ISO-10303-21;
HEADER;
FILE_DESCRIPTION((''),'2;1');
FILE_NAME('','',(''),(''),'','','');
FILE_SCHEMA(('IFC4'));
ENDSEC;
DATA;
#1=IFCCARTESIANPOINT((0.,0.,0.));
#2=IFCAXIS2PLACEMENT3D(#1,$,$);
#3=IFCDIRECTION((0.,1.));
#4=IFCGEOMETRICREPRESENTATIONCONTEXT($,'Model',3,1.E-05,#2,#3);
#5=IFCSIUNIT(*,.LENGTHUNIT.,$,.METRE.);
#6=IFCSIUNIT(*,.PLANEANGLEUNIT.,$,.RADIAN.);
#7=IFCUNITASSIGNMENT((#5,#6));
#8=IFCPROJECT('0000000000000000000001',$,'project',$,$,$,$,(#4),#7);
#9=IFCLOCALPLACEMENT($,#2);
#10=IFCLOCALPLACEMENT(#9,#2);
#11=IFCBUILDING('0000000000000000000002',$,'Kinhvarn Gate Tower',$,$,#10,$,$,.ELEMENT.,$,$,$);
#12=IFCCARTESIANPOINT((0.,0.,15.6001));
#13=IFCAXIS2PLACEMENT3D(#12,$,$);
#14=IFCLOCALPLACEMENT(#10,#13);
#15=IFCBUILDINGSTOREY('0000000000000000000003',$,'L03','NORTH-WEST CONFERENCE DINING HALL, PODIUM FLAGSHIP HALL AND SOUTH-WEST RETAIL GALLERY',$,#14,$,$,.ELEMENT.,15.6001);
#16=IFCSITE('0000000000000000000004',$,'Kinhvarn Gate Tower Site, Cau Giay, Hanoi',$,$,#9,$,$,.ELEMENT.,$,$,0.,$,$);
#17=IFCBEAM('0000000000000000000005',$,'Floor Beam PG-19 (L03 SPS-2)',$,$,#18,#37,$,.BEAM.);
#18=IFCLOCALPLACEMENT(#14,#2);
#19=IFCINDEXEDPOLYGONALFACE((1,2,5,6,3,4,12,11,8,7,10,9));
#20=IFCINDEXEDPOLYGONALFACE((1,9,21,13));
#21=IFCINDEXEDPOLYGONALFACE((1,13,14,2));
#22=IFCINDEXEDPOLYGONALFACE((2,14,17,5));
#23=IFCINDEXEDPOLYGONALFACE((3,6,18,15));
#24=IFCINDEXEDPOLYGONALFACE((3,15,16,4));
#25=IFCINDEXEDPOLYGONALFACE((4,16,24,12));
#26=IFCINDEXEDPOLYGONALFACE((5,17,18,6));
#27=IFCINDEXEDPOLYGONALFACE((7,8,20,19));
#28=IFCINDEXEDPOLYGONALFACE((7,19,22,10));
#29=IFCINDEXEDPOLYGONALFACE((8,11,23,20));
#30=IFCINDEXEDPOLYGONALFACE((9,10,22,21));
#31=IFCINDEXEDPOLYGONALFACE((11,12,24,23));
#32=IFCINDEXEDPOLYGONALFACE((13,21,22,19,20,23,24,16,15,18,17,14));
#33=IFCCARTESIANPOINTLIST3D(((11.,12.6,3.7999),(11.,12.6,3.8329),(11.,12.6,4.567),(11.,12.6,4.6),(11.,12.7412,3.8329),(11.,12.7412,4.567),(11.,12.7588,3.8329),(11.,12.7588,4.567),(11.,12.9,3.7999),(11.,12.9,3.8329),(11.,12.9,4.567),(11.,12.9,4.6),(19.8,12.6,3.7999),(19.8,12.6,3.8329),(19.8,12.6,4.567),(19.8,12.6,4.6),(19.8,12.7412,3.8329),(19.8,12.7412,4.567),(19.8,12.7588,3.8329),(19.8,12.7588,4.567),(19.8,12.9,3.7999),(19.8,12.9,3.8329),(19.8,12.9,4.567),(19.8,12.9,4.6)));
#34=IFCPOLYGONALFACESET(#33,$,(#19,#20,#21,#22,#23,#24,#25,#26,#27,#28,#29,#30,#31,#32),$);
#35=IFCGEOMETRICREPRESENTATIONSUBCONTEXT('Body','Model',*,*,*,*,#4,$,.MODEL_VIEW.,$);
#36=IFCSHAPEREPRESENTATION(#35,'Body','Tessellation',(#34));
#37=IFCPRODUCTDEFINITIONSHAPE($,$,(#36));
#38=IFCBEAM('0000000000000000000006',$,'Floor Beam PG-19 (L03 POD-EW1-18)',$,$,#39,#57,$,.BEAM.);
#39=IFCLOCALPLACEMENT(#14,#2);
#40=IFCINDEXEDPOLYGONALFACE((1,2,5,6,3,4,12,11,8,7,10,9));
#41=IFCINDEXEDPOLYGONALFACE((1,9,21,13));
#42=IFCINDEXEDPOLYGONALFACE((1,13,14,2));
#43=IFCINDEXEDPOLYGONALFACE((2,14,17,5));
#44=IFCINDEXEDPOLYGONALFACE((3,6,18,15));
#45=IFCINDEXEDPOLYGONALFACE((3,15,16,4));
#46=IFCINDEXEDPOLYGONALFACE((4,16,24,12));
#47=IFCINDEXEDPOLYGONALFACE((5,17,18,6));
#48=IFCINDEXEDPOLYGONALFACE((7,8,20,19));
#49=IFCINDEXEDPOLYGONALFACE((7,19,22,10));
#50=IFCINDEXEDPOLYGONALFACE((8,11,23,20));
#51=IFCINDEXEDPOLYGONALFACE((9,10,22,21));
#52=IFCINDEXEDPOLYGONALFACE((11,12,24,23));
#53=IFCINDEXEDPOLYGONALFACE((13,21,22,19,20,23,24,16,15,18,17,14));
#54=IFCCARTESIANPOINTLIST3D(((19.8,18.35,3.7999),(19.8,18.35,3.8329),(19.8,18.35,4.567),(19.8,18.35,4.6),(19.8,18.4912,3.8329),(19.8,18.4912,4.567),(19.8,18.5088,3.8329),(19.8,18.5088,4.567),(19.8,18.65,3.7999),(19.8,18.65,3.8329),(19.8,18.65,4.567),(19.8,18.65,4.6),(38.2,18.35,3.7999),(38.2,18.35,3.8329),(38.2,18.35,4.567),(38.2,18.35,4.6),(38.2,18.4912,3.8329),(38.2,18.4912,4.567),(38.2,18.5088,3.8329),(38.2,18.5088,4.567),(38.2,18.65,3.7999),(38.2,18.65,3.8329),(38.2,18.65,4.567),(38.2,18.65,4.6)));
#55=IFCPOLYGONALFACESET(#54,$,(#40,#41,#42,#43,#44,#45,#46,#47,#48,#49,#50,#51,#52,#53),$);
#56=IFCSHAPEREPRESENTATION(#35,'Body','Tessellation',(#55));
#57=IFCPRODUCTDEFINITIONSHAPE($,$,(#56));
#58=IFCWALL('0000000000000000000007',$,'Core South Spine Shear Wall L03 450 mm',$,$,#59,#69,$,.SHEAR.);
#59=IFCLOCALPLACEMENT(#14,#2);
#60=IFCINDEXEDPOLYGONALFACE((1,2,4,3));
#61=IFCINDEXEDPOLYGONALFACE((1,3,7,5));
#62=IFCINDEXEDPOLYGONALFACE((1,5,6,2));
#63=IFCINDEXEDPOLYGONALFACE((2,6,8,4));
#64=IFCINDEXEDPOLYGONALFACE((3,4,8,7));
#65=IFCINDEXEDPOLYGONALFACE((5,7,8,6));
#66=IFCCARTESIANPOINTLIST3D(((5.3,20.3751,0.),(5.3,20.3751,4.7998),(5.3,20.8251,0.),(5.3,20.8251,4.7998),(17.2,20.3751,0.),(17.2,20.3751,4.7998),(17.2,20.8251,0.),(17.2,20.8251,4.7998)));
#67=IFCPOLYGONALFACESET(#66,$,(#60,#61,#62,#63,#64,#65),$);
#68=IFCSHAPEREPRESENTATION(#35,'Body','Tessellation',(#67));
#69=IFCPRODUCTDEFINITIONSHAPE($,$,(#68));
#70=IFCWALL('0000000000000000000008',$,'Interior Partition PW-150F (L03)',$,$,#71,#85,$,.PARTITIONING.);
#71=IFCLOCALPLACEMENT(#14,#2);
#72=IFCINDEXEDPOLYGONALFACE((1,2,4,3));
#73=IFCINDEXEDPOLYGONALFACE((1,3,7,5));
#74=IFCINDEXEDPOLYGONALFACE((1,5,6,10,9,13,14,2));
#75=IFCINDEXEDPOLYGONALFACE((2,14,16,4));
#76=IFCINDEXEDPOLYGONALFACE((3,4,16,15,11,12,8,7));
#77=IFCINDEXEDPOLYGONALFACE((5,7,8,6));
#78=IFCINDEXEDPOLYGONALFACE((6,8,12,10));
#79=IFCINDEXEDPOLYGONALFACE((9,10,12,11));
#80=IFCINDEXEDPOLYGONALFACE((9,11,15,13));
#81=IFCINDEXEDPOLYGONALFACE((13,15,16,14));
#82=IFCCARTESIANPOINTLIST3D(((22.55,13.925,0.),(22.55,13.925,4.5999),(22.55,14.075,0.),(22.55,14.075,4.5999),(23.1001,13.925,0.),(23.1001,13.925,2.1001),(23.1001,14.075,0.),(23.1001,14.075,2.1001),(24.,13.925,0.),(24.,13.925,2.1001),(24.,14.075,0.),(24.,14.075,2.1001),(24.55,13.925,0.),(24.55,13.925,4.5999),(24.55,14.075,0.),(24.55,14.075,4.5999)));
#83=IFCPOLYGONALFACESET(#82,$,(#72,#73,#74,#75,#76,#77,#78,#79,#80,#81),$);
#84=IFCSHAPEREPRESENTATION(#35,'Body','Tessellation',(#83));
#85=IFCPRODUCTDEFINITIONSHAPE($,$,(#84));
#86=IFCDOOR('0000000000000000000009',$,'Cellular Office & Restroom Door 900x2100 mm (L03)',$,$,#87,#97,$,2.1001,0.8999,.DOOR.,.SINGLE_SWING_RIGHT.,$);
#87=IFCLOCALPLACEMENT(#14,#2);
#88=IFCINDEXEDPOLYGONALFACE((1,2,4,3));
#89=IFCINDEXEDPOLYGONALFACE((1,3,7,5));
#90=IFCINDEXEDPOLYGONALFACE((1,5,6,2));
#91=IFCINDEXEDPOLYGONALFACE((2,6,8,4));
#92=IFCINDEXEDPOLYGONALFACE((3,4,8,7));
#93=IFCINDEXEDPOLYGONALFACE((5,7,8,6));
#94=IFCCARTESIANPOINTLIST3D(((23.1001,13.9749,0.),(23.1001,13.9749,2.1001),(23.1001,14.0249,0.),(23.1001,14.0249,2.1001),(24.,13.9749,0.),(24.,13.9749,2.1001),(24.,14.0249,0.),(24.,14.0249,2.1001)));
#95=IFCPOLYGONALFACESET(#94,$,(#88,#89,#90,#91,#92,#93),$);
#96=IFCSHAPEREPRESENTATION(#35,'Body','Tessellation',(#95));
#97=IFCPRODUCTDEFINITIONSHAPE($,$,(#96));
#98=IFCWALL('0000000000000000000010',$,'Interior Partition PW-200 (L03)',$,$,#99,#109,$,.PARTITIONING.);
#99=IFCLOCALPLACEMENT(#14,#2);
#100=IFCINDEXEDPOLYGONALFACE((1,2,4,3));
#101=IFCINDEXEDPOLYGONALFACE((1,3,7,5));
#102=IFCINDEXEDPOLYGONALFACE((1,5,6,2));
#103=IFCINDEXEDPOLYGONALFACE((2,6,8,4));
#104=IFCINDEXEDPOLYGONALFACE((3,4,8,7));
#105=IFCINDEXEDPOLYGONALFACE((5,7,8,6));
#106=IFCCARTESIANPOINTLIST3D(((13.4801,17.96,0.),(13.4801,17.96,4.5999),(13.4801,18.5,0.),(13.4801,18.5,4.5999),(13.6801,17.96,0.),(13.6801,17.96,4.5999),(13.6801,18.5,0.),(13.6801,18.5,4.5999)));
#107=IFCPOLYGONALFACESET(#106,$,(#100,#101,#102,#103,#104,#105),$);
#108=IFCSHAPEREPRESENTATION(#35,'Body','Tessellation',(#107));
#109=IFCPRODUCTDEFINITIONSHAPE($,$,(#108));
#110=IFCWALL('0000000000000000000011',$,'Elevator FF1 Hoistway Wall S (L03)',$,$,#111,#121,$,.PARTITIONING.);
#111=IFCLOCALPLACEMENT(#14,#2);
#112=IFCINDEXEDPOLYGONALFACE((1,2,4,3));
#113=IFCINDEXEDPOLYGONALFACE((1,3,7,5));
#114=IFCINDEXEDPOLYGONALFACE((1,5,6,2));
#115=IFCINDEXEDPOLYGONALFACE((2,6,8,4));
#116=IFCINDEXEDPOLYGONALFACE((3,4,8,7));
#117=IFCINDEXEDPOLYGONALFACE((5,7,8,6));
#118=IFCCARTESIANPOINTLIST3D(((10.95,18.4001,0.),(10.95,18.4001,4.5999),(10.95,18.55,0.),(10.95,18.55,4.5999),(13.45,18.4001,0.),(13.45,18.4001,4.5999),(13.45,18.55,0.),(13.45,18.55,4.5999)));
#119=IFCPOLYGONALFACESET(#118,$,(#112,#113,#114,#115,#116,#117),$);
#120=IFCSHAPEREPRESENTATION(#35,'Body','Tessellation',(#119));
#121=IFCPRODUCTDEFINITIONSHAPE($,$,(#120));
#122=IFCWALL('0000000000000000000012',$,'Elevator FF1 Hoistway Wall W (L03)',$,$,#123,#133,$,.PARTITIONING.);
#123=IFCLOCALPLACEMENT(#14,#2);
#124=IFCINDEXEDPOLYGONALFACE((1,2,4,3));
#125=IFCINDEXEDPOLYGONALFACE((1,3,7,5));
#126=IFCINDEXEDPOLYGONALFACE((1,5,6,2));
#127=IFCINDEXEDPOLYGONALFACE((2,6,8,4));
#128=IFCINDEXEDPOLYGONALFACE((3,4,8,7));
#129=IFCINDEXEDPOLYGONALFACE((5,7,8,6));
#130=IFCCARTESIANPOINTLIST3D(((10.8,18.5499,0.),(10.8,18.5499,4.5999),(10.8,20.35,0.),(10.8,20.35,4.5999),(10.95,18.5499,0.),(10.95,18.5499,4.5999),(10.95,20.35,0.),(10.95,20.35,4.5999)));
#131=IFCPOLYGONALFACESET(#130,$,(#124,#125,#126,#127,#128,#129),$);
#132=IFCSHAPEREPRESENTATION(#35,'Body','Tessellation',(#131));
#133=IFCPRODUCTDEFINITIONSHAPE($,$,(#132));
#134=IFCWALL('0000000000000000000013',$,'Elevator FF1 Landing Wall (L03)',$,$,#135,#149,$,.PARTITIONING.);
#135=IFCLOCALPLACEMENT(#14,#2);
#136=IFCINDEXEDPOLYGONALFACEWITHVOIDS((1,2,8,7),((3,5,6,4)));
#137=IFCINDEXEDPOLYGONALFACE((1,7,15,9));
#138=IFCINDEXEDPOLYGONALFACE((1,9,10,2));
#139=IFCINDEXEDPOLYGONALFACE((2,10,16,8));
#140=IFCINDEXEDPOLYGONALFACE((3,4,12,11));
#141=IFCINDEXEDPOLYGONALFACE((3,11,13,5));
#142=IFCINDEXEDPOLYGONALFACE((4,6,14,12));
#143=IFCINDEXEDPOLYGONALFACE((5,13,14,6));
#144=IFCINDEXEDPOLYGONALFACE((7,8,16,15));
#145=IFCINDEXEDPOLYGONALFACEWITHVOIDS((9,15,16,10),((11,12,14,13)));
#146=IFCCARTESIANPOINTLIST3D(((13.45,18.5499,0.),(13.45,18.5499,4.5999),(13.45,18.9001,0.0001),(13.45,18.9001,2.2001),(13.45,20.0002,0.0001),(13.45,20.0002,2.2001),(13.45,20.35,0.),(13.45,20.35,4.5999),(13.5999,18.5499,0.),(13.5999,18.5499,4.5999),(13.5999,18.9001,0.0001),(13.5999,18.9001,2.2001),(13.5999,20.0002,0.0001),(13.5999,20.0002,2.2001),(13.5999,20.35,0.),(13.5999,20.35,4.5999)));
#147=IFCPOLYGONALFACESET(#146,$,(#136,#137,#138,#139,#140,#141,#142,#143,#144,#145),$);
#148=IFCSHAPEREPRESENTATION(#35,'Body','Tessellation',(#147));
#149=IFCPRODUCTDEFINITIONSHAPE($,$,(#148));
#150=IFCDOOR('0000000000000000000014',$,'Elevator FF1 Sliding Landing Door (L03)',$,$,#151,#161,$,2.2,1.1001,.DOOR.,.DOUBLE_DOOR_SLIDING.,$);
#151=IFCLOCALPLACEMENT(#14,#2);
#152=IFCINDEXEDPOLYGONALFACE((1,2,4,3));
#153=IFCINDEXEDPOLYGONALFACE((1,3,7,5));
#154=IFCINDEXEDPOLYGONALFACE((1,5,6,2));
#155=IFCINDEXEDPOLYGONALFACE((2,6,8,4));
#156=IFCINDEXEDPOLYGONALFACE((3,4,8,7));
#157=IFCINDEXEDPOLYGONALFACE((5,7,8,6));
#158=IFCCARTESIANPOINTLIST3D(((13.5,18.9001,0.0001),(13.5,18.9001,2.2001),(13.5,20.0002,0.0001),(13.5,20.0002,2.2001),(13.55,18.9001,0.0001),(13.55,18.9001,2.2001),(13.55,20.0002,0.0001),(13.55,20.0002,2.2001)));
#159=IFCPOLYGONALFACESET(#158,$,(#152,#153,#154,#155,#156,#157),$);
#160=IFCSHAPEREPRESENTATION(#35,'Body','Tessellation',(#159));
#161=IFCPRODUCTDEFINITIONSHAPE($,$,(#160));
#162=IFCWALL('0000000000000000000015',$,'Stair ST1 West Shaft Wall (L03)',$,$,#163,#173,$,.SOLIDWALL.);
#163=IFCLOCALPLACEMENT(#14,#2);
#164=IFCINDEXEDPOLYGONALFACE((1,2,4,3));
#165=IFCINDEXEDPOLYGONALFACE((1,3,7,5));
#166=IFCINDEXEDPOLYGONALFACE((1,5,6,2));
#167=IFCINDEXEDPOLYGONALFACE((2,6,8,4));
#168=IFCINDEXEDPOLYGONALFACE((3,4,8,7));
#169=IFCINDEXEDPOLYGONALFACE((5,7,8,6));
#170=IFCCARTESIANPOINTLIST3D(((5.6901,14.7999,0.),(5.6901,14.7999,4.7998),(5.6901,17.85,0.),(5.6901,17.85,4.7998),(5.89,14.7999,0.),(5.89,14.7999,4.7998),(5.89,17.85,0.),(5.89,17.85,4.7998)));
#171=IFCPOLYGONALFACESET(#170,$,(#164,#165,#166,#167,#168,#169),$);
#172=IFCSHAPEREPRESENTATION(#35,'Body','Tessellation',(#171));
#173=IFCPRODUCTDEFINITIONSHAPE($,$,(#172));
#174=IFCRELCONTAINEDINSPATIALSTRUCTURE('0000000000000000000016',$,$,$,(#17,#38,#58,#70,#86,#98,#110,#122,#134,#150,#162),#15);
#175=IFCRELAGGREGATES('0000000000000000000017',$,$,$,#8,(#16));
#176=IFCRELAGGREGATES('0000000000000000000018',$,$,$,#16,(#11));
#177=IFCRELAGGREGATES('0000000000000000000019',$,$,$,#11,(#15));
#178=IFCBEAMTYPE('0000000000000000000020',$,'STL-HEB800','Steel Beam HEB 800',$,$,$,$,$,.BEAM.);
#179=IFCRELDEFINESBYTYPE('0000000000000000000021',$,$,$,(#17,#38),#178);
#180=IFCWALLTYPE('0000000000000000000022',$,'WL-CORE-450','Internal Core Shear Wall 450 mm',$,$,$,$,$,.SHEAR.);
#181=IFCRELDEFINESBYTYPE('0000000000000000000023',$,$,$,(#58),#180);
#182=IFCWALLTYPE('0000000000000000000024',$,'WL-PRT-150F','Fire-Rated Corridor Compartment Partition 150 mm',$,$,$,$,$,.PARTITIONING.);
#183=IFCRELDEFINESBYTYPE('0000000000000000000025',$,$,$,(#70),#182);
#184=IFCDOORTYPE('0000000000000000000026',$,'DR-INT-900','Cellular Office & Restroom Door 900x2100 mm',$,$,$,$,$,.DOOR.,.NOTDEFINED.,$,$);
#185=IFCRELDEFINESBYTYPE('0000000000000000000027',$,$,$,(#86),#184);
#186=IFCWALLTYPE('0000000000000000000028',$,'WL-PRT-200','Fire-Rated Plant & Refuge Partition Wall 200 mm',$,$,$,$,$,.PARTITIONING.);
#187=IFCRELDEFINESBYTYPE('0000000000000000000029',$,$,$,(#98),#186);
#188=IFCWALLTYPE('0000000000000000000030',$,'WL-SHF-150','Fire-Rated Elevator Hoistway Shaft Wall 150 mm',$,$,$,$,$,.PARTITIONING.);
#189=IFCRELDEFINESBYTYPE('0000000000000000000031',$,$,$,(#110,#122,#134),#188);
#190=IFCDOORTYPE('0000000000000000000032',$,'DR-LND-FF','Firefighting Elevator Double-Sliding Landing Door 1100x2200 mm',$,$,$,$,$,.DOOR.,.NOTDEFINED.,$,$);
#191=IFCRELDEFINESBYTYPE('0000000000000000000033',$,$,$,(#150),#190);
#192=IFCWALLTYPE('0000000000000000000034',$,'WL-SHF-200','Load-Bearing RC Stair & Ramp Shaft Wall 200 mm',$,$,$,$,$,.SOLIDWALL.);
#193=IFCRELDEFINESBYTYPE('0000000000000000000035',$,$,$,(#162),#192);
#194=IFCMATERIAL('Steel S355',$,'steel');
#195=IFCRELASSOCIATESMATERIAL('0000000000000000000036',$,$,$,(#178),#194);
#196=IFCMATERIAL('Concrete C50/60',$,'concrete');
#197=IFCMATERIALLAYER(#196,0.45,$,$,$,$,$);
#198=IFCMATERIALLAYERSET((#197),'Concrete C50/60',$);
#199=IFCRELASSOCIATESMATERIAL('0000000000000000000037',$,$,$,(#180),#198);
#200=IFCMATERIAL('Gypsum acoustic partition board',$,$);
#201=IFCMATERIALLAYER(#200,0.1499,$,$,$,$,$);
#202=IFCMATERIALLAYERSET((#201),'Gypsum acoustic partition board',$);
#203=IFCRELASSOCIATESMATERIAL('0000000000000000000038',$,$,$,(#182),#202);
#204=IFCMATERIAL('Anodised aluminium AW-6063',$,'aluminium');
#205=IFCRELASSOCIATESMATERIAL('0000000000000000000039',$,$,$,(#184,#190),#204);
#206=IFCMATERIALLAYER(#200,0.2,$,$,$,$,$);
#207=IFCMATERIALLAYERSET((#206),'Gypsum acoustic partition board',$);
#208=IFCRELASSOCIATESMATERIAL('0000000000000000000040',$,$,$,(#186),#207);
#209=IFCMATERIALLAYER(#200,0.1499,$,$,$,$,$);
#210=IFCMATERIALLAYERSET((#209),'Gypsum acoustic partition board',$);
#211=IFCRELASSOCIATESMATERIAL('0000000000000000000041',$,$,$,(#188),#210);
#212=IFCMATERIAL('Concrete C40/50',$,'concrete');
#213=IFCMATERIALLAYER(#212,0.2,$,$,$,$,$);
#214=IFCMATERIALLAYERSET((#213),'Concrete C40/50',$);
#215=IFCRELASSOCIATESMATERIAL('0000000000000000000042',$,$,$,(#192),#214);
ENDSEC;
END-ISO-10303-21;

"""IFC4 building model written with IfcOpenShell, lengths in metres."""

from ifc_helpers import new_model, si_unit, direction, frame, frame_2d, origin, origin_2d, place, context, subcontext, project, spatial, rectangle, i_section, extrude, material, layer, layer_set, material_profile, profile_set, type_object, element, fill, save


model = new_model("IFC4")

# Units and contexts
model_context = context("Model", 3, precision=1e-05, world=origin(), true_north=direction((0.0, 1.0)))
body_context = subcontext(model_context, "Body", "Model", "MODEL_VIEW")
ifc_project = project(units=[si_unit("LENGTHUNIT", "METRE"), si_unit("PLANEANGLEUNIT", "RADIAN")], contexts=[model_context])

# Site, building, storey
site_placement = place(None, origin())
site = spatial("IfcSite", under=ifc_project, at=site_placement, Name="Kinhvarn Gate Tower Site, Cau Giay, Hanoi", CompositionType="ELEMENT", RefElevation=0.0)
building_placement = place(site_placement, origin())
building = spatial("IfcBuilding", under=site, at=building_placement, Name="Kinhvarn Gate Tower", CompositionType="ELEMENT")
storey_placement = place(building_placement, frame((0.0, 0.0, 15.6001)))
storey = spatial("IfcBuildingStorey", under=building, at=storey_placement, Name="L03", Description="NORTH-WEST CONFERENCE DINING HALL, PODIUM FLAGSHIP HALL AND SOUTH-WEST RETAIL GALLERY", CompositionType="ELEMENT", Elevation=15.6001)

# Beams
ifc_material_1 = material(Name="Concrete C50/60", Category="concrete")
ifc_material_2 = material(Name="Steel S355", Category="steel")
ifc_material_profile_1 = material_profile(ifc_material_2, i_section(OverallWidth=0.3, OverallDepth=0.8, WebThickness=0.0176, FlangeThickness=0.033, at=origin_2d()), Name="HEB 800")
ifc_profile_set_1 = profile_set([ifc_material_profile_1], Name="Steel S355")
beam_type_1 = type_object("IfcBeamType", Name="STL-HEB800", Description="Steel Beam HEB 800", PredefinedType="BEAM", material=ifc_profile_set_1)
beam_1_placement = place(storey_placement, frame((11.0, 12.75, 4.2), z_axis=(1.0, 0.0, 0.0), x_axis=(0.0, 1.0, 0.0)))
element("IfcBeam", 1, at=beam_1_placement, inside=storey, type_object=beam_type_1, Name="Floor Beam PG-19 (L03 SPS-2)", PredefinedType="BEAM", context=body_context, shape_type="SweptSolid", body=[
    extrude(i_section(OverallWidth=0.3, OverallDepth=0.8, WebThickness=0.0176, FlangeThickness=0.033, at=origin_2d()), origin(), (0.0, 0.0, 1.0), 8.8),
])
beam_2_placement = place(storey_placement, frame((19.8, 18.5, 4.2), z_axis=(1.0, 0.0, 0.0), x_axis=(0.0, 1.0, 0.0)))
element("IfcBeam", 2, at=beam_2_placement, inside=storey, type_object=beam_type_1, Name="Floor Beam PG-19 (L03 POD-EW1-18)", PredefinedType="BEAM", context=body_context, shape_type="SweptSolid", body=[
    extrude(i_section(OverallWidth=0.3, OverallDepth=0.8, WebThickness=0.0176, FlangeThickness=0.033, at=origin_2d()), origin(), (0.0, 0.0, 1.0), 18.3999),
])

# Wall
ifc_layer_1 = layer(ifc_material_1, 0.45)
ifc_layer_set_1 = layer_set([ifc_layer_1], Name="Concrete C50/60")
wall_type_1 = type_object("IfcWallType", Name="WL-CORE-450", Description="Internal Core Shear Wall 450 mm", PredefinedType="SHEAR", material=ifc_layer_set_1)
wall_1_placement = place(storey_placement, frame((5.3, 20.6001, 0.0), z_axis=(0.0, 0.0, 1.0), x_axis=(1.0, 0.0, 0.0)))
element("IfcWall", 3, at=wall_1_placement, inside=storey, type_object=wall_type_1, Name="Core South Spine Shear Wall L03 450 mm", PredefinedType="SHEAR", context=body_context, shape_type="SweptSolid", body=[
    extrude(rectangle(XDim=11.8999, YDim=0.45, at=frame_2d((5.95, 0.0))), origin(), (0.0, 0.0, 1.0), 4.7998),
])

# Wall, opening, door
ifc_material_3 = material(Name="Anodised aluminium AW-6063", Category="aluminium")
ifc_material_4 = material(Name="Gypsum acoustic partition board")
ifc_layer_2 = layer(ifc_material_4, 0.1499)
ifc_layer_set_2 = layer_set([ifc_layer_2], Name="Gypsum acoustic partition board")
wall_type_2 = type_object("IfcWallType", Name="WL-PRT-150F", Description="Fire-Rated Corridor Compartment Partition 150 mm", PredefinedType="PARTITIONING", material=ifc_layer_set_2)
wall_2_placement = place(storey_placement, frame((22.55, 14.0, 0.0), z_axis=(0.0, 0.0, 1.0), x_axis=(1.0, 0.0, 0.0)))
wall_2 = element("IfcWall", 4, at=wall_2_placement, inside=storey, type_object=wall_type_2, Name="Interior Partition PW-150F (L03)", PredefinedType="PARTITIONING", context=body_context, shape_type="SweptSolid", body=[
    extrude(rectangle(XDim=2.0, YDim=0.1499, at=frame_2d((1.0, 0.0))), origin(), (0.0, 0.0, 1.0), 4.5999),
])
opening_1_placement = place(wall_2_placement, frame((0.55, 0.0, 0.0)))
opening_1 = element("IfcOpeningElement", 5, at=opening_1_placement, cuts=wall_2, PredefinedType="OPENING", context=body_context, shape_type="SweptSolid", body=[
    extrude(rectangle(XDim=0.8999, YDim=2.1001, at=frame_2d((0.45, 1.05))), frame((0.0, 0.085, 0.0), z_axis=(0.0, -1.0, 0.0), x_axis=(1.0, 0.0, 0.0)), (0.0, 0.0, 1.0), 0.1699),
])
door_type_1 = type_object("IfcDoorType", Name="DR-INT-900", Description="Cellular Office & Restroom Door 900x2100 mm", OperationType="NOTDEFINED", PredefinedType="DOOR", material=ifc_material_3)
door_1_placement = place(opening_1_placement, origin())
door_1 = element("IfcDoor", 6, at=door_1_placement, inside=storey, type_object=door_type_1, Name="Cellular Office & Restroom Door 900x2100 mm (L03)", OperationType="SINGLE_SWING_RIGHT", OverallHeight=2.1001, OverallWidth=0.8999, PredefinedType="DOOR", context=body_context, shape_type="SweptSolid", body=[
    extrude(rectangle(XDim=0.8999, YDim=2.1001, at=frame_2d((0.45, 1.05))), frame((0.0, 0.0249, 0.0), z_axis=(0.0, -1.0, 0.0), x_axis=(1.0, 0.0, 0.0)), (0.0, 0.0, 1.0), 0.05),
])
fill(opening_1, door_1)

# Walls
ifc_layer_3 = layer(ifc_material_4, 0.2)
ifc_layer_set_3 = layer_set([ifc_layer_3], Name="Gypsum acoustic partition board")
wall_type_3 = type_object("IfcWallType", Name="WL-PRT-200", Description="Fire-Rated Plant & Refuge Partition Wall 200 mm", PredefinedType="PARTITIONING", material=ifc_layer_set_3)
wall_3_placement = place(storey_placement, frame((13.5801, 17.96, 0.0), z_axis=(0.0, 0.0, 1.0), x_axis=(0.0, 1.0, 0.0)))
element("IfcWall", 7, at=wall_3_placement, inside=storey, type_object=wall_type_3, Name="Interior Partition PW-200 (L03)", PredefinedType="PARTITIONING", context=body_context, shape_type="SweptSolid", body=[
    extrude(rectangle(XDim=0.54, YDim=0.2, at=frame_2d((0.27, 0.0))), origin(), (0.0, 0.0, 1.0), 4.5999),
])
ifc_layer_4 = layer(ifc_material_4, 0.1499)
ifc_layer_set_4 = layer_set([ifc_layer_4], Name="Gypsum acoustic partition board")
wall_type_4 = type_object("IfcWallType", Name="WL-SHF-150", Description="Fire-Rated Elevator Hoistway Shaft Wall 150 mm", PredefinedType="PARTITIONING", material=ifc_layer_set_4)
wall_4_placement = place(storey_placement, frame((10.95, 18.4751, 0.0), z_axis=(0.0, 0.0, 1.0), x_axis=(1.0, 0.0, 0.0)))
element("IfcWall", 8, at=wall_4_placement, inside=storey, type_object=wall_type_4, Name="Elevator FF1 Hoistway Wall S (L03)", PredefinedType="PARTITIONING", context=body_context, shape_type="SweptSolid", body=[
    extrude(rectangle(XDim=2.5, YDim=0.1499, at=frame_2d((1.25, 0.0))), origin(), (0.0, 0.0, 1.0), 4.5999),
])
wall_5_placement = place(storey_placement, frame((10.875, 18.55, 0.0), z_axis=(0.0, 0.0, 1.0), x_axis=(0.0, 1.0, 0.0)))
element("IfcWall", 9, at=wall_5_placement, inside=storey, type_object=wall_type_4, Name="Elevator FF1 Hoistway Wall W (L03)", PredefinedType="PARTITIONING", context=body_context, shape_type="SweptSolid", body=[
    extrude(rectangle(XDim=1.8, YDim=0.1499, at=frame_2d((0.8999, 0.0))), origin(), (0.0, 0.0, 1.0), 4.5999),
])

# Wall, opening, door
wall_6_placement = place(storey_placement, frame((13.5249, 18.55, 0.0), z_axis=(0.0, 0.0, 1.0), x_axis=(0.0, 1.0, 0.0)))
wall_6 = element("IfcWall", 10, at=wall_6_placement, inside=storey, type_object=wall_type_4, Name="Elevator FF1 Landing Wall (L03)", PredefinedType="PARTITIONING", context=body_context, shape_type="SweptSolid", body=[
    extrude(rectangle(XDim=1.8, YDim=0.1499, at=frame_2d((0.8999, 0.0))), origin(), (0.0, 0.0, 1.0), 4.5999),
])
opening_2_placement = place(wall_6_placement, frame((0.3501, 0.0, 0.0)))
opening_2 = element("IfcOpeningElement", 11, at=opening_2_placement, cuts=wall_6, PredefinedType="OPENING", context=body_context, shape_type="SweptSolid", body=[
    extrude(rectangle(XDim=1.1001, YDim=2.2, at=frame_2d((0.55, 1.1001))), frame((0.0, 0.085, 0.0), z_axis=(0.0, -1.0, 0.0), x_axis=(1.0, 0.0, 0.0)), (0.0, 0.0, 1.0), 0.1699),
])
door_type_2 = type_object("IfcDoorType", Name="DR-LND-FF", Description="Firefighting Elevator Double-Sliding Landing Door 1100x2200 mm", OperationType="NOTDEFINED", PredefinedType="DOOR", material=ifc_material_3)
door_2_placement = place(opening_2_placement, origin())
door_2 = element("IfcDoor", 12, at=door_2_placement, inside=storey, type_object=door_type_2, Name="Elevator FF1 Sliding Landing Door (L03)", OperationType="DOUBLE_DOOR_SLIDING", OverallHeight=2.2, OverallWidth=1.1001, PredefinedType="DOOR", context=body_context, shape_type="SweptSolid", body=[
    extrude(rectangle(XDim=1.1001, YDim=2.2, at=frame_2d((0.55, 1.1001))), frame((0.0, 0.0249, 0.0), z_axis=(0.0, -1.0, 0.0), x_axis=(1.0, 0.0, 0.0)), (0.0, 0.0, 1.0), 0.05),
])
fill(opening_2, door_2)

# Wall
ifc_material_5 = material(Name="Concrete C40/50", Category="concrete")
ifc_layer_5 = layer(ifc_material_5, 0.2)
ifc_layer_set_5 = layer_set([ifc_layer_5], Name="Concrete C40/50")
wall_type_5 = type_object("IfcWallType", Name="WL-SHF-200", Description="Load-Bearing RC Stair & Ramp Shaft Wall 200 mm", PredefinedType="SOLIDWALL", material=ifc_layer_set_5)
wall_7_placement = place(storey_placement, frame((5.79, 14.8, 0.0), z_axis=(0.0, 0.0, 1.0), x_axis=(0.0, 1.0, 0.0)))
element("IfcWall", 13, at=wall_7_placement, inside=storey, type_object=wall_type_5, Name="Stair ST1 West Shaft Wall (L03)", PredefinedType="SOLIDWALL", context=body_context, shape_type="SweptSolid", body=[
    extrude(rectangle(XDim=3.05, YDim=0.2, at=frame_2d((1.5249, 0.0))), origin(), (0.0, 0.0, 1.0), 4.7998),
])

save(model, "model.ifc")
